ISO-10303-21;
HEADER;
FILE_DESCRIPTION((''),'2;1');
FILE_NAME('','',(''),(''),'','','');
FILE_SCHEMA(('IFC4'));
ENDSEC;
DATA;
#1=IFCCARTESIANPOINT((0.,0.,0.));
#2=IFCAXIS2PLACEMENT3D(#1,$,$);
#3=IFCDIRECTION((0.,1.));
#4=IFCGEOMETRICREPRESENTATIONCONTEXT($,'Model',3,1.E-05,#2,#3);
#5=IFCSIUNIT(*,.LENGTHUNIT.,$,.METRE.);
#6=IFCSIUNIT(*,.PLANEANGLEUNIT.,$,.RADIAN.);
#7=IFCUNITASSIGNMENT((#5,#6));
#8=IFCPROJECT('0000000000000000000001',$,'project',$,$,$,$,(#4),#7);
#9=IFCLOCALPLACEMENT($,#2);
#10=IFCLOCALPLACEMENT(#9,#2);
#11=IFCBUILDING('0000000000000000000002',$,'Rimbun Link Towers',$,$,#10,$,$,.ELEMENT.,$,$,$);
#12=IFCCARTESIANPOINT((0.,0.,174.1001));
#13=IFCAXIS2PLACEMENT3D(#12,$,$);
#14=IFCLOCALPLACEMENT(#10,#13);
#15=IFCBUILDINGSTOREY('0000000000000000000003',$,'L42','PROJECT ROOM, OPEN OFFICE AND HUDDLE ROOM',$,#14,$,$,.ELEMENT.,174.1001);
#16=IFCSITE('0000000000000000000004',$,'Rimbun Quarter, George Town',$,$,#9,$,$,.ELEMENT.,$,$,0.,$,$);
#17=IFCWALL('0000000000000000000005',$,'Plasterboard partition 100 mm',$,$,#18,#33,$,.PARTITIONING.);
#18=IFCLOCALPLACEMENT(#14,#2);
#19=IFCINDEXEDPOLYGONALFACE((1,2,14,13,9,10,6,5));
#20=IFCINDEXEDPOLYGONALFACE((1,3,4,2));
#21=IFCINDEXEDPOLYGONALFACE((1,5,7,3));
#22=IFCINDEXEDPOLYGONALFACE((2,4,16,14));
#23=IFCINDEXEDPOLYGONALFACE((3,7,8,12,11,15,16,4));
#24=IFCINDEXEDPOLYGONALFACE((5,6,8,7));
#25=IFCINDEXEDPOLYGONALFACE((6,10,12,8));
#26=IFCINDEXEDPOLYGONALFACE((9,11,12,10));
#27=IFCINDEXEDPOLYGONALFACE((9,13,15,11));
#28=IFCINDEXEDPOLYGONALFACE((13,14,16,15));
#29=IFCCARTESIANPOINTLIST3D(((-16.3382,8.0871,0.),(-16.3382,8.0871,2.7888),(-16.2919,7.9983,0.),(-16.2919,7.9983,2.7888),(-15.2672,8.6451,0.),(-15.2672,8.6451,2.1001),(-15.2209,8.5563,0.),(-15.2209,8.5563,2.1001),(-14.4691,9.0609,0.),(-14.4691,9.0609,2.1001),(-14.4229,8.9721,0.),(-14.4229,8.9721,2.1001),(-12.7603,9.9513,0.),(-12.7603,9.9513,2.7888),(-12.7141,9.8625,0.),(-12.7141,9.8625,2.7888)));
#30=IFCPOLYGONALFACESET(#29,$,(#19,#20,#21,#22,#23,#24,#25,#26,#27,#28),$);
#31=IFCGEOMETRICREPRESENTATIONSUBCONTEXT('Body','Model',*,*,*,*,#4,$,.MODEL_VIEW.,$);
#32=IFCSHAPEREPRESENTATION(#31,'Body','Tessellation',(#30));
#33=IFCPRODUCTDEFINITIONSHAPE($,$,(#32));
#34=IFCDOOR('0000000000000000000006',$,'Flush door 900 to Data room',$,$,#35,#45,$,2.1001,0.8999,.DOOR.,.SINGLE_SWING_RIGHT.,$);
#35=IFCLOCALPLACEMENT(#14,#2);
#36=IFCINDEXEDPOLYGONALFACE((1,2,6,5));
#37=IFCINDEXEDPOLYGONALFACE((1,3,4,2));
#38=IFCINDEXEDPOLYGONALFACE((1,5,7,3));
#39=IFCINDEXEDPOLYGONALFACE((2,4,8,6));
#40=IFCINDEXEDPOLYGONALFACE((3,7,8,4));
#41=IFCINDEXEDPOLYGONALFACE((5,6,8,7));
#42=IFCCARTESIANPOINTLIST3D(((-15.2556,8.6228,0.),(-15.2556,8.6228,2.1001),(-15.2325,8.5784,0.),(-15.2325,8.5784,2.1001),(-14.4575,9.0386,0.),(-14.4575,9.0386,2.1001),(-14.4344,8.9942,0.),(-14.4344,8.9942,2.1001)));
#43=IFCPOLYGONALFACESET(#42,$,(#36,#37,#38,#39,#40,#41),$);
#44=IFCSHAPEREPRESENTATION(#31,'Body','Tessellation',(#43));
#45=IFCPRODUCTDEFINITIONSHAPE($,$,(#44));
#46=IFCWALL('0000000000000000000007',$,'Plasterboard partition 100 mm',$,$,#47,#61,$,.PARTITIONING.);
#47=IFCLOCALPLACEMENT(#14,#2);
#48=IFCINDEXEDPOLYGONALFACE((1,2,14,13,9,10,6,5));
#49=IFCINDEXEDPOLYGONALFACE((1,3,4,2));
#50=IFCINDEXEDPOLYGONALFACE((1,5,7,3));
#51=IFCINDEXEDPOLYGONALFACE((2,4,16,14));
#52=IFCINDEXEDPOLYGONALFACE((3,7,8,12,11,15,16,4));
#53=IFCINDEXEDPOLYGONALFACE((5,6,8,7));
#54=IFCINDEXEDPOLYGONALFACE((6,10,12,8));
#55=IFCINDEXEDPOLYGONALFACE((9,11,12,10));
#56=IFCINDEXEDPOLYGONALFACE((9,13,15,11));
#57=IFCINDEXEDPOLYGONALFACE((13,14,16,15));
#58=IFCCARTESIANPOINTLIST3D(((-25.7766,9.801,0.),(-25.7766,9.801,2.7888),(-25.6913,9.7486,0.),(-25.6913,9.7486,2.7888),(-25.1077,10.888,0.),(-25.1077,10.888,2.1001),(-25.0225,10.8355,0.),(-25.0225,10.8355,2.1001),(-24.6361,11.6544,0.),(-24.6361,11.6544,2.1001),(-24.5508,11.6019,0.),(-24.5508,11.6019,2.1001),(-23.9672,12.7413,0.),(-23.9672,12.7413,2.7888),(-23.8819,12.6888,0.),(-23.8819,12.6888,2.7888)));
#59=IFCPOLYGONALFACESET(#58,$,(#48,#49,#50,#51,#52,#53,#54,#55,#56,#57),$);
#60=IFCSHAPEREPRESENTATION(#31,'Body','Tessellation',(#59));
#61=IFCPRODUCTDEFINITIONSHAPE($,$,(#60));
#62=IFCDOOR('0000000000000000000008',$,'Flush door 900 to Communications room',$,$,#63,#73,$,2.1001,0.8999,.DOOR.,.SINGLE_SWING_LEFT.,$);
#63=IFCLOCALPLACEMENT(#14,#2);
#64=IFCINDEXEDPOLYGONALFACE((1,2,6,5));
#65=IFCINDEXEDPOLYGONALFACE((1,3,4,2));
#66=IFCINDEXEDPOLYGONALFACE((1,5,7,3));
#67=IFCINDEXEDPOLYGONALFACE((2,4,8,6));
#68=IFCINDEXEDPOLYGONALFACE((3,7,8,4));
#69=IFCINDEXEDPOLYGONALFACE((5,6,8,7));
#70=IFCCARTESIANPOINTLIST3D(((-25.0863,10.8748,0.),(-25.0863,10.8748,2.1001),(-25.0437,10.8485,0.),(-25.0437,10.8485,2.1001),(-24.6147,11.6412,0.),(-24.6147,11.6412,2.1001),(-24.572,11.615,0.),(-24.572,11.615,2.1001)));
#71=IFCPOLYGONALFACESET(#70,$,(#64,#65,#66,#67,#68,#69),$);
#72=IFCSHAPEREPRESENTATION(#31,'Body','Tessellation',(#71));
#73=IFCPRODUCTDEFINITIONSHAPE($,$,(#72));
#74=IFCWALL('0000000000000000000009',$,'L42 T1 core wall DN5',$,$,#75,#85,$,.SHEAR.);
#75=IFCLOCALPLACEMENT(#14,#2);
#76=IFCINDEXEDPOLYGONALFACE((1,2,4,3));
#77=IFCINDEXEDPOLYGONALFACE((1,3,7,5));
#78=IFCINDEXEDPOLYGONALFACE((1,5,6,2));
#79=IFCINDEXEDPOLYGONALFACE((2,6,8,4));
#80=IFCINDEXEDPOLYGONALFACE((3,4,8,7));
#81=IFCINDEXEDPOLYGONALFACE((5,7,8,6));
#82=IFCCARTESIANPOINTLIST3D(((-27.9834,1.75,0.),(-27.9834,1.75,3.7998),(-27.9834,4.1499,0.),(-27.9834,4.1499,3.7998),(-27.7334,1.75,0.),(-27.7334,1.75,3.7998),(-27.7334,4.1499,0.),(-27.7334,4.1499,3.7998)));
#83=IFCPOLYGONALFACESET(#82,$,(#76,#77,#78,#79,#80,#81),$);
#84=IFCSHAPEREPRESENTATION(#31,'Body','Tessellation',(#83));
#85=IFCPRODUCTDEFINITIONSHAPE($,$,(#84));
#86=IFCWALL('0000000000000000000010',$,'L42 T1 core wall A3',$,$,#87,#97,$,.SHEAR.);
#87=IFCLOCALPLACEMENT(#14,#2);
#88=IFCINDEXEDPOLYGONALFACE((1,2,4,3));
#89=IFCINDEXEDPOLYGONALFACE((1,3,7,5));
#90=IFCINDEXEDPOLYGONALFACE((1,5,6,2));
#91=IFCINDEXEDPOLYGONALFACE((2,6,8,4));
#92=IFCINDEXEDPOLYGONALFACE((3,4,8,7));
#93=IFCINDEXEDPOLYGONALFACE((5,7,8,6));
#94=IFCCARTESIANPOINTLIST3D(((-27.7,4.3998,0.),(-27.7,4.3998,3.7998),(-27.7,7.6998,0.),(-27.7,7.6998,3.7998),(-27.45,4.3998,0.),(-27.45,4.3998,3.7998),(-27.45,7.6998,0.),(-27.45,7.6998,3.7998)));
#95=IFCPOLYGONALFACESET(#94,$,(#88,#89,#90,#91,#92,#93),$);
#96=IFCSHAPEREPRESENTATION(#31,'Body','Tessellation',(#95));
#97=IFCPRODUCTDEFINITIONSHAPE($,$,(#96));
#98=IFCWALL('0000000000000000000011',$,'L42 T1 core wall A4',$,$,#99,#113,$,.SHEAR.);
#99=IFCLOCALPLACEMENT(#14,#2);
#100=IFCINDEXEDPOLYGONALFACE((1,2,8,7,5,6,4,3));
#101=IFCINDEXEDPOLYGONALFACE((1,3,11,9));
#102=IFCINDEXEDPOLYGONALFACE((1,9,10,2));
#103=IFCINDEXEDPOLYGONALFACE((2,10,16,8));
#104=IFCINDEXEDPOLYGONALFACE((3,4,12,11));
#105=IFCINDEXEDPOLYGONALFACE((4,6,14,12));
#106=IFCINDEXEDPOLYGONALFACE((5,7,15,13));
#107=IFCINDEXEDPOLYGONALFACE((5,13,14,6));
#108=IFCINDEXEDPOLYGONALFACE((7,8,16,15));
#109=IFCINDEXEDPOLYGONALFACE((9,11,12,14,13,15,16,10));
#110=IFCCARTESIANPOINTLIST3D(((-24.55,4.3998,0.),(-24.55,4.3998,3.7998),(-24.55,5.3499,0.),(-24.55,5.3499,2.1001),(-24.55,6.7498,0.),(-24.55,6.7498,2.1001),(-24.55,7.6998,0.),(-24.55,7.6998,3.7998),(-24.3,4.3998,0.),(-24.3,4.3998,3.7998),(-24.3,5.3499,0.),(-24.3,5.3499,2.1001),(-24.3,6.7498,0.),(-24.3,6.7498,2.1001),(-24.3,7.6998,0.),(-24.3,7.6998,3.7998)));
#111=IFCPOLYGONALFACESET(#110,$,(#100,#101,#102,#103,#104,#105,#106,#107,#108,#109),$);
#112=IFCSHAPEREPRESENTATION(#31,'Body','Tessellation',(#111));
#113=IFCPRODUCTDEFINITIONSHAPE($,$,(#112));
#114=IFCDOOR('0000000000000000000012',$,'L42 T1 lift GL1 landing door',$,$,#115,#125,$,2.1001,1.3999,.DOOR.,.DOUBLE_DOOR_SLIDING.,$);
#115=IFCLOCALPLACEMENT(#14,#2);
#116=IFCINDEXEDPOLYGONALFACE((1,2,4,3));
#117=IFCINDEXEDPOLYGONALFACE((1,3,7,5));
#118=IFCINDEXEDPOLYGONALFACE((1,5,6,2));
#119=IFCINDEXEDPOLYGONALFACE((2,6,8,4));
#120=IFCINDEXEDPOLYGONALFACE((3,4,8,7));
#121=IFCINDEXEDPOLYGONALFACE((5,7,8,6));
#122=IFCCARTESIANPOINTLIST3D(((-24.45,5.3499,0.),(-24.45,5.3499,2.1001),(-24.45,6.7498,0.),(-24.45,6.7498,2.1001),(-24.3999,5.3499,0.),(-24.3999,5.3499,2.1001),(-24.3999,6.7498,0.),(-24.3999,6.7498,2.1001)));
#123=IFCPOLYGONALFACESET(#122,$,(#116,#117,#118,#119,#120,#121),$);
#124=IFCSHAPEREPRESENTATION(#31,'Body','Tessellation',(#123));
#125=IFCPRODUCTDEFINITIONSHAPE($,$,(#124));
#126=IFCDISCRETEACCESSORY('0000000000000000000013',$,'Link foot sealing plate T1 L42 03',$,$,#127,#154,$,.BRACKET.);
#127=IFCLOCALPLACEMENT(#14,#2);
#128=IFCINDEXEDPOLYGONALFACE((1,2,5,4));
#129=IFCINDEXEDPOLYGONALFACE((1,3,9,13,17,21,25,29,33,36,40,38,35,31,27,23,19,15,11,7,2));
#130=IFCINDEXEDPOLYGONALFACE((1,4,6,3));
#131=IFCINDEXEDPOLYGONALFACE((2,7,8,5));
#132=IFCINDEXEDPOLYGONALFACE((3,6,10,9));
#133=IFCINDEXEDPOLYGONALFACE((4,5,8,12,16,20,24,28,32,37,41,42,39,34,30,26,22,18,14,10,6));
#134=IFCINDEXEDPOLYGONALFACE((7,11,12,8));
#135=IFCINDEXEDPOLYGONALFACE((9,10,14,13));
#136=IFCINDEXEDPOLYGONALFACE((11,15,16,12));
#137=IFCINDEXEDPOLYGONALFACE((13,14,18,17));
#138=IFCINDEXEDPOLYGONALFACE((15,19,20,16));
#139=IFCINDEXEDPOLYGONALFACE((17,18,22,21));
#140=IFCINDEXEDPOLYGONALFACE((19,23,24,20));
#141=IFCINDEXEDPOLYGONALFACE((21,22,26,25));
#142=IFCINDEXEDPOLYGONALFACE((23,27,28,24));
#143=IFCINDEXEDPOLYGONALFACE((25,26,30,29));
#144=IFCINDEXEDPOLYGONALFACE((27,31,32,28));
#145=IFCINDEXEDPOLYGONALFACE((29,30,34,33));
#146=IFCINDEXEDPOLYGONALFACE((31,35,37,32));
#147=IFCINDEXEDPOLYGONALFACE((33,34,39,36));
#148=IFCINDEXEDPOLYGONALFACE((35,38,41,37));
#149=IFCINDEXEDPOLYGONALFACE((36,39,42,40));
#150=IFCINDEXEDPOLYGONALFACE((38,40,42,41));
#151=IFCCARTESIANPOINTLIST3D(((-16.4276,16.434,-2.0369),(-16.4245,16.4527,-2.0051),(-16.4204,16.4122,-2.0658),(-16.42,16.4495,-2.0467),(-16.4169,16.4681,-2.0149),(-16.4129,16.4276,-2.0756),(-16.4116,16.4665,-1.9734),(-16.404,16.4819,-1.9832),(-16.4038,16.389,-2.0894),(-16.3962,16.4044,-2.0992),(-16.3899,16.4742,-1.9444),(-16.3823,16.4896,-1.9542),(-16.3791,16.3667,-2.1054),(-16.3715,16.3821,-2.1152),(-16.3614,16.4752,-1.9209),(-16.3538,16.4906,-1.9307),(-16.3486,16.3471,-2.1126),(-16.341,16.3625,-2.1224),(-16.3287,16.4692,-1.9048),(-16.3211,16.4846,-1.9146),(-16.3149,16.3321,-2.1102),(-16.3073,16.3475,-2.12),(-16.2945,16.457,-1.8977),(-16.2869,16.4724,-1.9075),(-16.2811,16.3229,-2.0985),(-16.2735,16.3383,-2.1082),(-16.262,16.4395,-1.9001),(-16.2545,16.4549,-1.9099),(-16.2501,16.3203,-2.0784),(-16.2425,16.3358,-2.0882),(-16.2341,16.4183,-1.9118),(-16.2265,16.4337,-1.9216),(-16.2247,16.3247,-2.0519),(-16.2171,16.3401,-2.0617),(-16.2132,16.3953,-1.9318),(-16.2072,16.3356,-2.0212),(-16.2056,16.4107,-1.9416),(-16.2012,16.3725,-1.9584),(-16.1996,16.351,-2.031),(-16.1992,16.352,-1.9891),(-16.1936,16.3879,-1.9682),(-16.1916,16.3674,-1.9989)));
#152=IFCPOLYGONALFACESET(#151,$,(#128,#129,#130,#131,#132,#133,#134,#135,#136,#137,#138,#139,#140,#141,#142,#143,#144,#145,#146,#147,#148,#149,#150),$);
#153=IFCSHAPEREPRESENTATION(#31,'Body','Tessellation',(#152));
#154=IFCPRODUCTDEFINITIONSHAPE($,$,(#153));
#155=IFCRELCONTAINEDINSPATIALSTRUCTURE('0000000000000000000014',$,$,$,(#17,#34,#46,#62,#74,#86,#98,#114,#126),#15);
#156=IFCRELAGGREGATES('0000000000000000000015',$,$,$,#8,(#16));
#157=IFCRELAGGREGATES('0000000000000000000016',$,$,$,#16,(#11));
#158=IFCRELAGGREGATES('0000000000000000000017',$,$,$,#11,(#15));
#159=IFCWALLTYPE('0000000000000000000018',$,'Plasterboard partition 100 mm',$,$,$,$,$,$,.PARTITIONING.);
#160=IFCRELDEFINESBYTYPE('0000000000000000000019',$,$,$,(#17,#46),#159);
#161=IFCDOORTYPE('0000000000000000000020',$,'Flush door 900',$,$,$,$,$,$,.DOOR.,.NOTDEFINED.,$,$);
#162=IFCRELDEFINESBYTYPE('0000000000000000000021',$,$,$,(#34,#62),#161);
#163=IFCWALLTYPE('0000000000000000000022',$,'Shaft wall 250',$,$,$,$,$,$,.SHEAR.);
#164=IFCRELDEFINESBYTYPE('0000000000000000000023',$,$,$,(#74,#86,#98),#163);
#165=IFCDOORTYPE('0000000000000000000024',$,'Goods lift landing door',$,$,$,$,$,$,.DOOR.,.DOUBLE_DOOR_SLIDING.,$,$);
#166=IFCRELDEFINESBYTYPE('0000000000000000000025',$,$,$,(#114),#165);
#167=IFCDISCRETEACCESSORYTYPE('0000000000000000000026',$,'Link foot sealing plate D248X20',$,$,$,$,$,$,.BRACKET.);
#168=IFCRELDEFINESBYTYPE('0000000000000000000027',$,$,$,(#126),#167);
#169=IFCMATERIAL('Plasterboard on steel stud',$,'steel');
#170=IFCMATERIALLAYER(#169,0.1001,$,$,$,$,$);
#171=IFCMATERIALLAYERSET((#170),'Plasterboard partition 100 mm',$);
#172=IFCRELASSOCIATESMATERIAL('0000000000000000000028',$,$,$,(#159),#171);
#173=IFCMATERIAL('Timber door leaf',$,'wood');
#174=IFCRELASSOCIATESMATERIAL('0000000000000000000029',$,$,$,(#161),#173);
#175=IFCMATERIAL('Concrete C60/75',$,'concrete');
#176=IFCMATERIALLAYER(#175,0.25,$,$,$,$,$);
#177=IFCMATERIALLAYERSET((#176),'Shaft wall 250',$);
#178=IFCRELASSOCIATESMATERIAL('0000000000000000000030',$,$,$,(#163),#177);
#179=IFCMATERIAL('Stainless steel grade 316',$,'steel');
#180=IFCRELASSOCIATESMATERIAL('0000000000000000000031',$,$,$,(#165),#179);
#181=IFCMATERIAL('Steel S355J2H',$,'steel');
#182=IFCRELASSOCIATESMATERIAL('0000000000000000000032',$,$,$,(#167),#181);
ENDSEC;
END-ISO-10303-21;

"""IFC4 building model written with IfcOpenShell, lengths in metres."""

from ifc_helpers import new_model, si_unit, direction, frame, frame_2d, origin, origin_2d, place, context, subcontext, project, spatial, rectangle, circle, extrude, material, layer, layer_set, material_profile, profile_set, type_object, element, fill, save


model = new_model("IFC4")

# Units and contexts
model_context = context("Model", 3, precision=1e-05, world=origin(), true_north=direction((0.0, 1.0)))
body_context = subcontext(model_context, "Body", "Model", "MODEL_VIEW")
ifc_project = project(units=[si_unit("LENGTHUNIT", "METRE"), si_unit("PLANEANGLEUNIT", "RADIAN")], contexts=[model_context])

# Site, building, storey
site_placement = place(None, origin())
site = spatial("IfcSite", under=ifc_project, at=site_placement, Name="Rimbun Quarter, George Town", CompositionType="ELEMENT", RefElevation=0.0)
building_placement = place(site_placement, origin())
building = spatial("IfcBuilding", under=site, at=building_placement, Name="Rimbun Link Towers", CompositionType="ELEMENT")
storey_placement = place(building_placement, frame((0.0, 0.0, 174.1001)))
storey = spatial("IfcBuildingStorey", under=building, at=storey_placement, Name="L42", Description="PROJECT ROOM, OPEN OFFICE AND HUDDLE ROOM", CompositionType="ELEMENT", Elevation=174.1001)

# Walls, openings, doors
ifc_material_1 = material(Name="Plasterboard on steel stud", Category="steel")
ifc_layer_1 = layer(ifc_material_1, 0.1001)
ifc_layer_set_1 = layer_set([ifc_layer_1], Name="Plasterboard partition 100 mm")
wall_type_1 = type_object("IfcWallType", Name="Plasterboard partition 100 mm", PredefinedType="PARTITIONING", material=ifc_layer_set_1)
wall_1_placement = place(storey_placement, frame((-16.3149, 8.0427, 0.0), z_axis=(0.0, 0.0, 1.0), x_axis=(0.886835, 0.462086, 0.0)))
wall_1 = element("IfcWall", 1, at=wall_1_placement, inside=storey, type_object=wall_type_1, Name="Plasterboard partition 100 mm", PredefinedType="PARTITIONING", context=body_context, shape_type="SweptSolid", body=[
    extrude(rectangle(XDim=4.0344, YDim=0.1001, at=frame_2d((2.0171, 0.0))), origin(), (0.0, 0.0, 1.0), 2.7888),
])
opening_1_placement = place(wall_1_placement, frame((1.2075, 0.0, 0.0)))
opening_1 = element("IfcOpeningElement", 2, at=opening_1_placement, cuts=wall_1, PredefinedType="OPENING", context=body_context, shape_type="SweptSolid", body=[
    extrude(rectangle(XDim=0.8999, YDim=2.1001, at=frame_2d((0.45, 1.05))), frame((0.0, 0.0601, 0.0), z_axis=(0.0, -1.0, 0.0), x_axis=(1.0, 0.0, 0.0)), (0.0, 0.0, 1.0), 0.1201),
])
ifc_material_2 = material(Name="Timber door leaf", Category="wood")
door_type_1 = type_object("IfcDoorType", Name="Flush door 900", OperationType="NOTDEFINED", PredefinedType="DOOR", material=ifc_material_2)
door_1_placement = place(opening_1_placement, origin())
door_1 = element("IfcDoor", 3, at=door_1_placement, inside=storey, type_object=door_type_1, Name="Flush door 900 to Data room", OperationType="SINGLE_SWING_RIGHT", OverallHeight=2.1001, OverallWidth=0.8999, PredefinedType="DOOR", context=body_context, shape_type="SweptSolid", body=[
    extrude(rectangle(XDim=0.8999, YDim=2.1001, at=frame_2d((0.45, 1.05))), frame((0.0, 0.0249, 0.0), z_axis=(0.0, -1.0, 0.0), x_axis=(1.0, 0.0, 0.0)), (0.0, 0.0, 1.0), 0.05),
])
fill(opening_1, door_1)
wall_2_placement = place(storey_placement, frame((-25.7339, 9.7749, 0.0), z_axis=(0.0, 0.0, 1.0), x_axis=(0.524093, 0.851661, 0.0)))
wall_2 = element("IfcWall", 4, at=wall_2_placement, inside=storey, type_object=wall_type_1, Name="Plasterboard partition 100 mm", PredefinedType="PARTITIONING", context=body_context, shape_type="SweptSolid", body=[
    extrude(rectangle(XDim=3.4524, YDim=0.1001, at=frame_2d((1.7261, 0.0))), origin(), (0.0, 0.0, 1.0), 2.7888),
])
opening_2_placement = place(wall_2_placement, frame((1.2761, 0.0, 0.0)))
opening_2 = element("IfcOpeningElement", 5, at=opening_2_placement, cuts=wall_2, PredefinedType="OPENING", context=body_context, shape_type="SweptSolid", body=[
    extrude(rectangle(XDim=0.8999, YDim=2.1001, at=frame_2d((0.45, 1.05))), frame((0.0, 0.0601, 0.0), z_axis=(0.0, -1.0, 0.0), x_axis=(1.0, 0.0, 0.0)), (0.0, 0.0, 1.0), 0.1201),
])
door_2_placement = place(opening_2_placement, origin())
door_2 = element("IfcDoor", 6, at=door_2_placement, inside=storey, type_object=door_type_1, Name="Flush door 900 to Communications room", OperationType="SINGLE_SWING_LEFT", OverallHeight=2.1001, OverallWidth=0.8999, PredefinedType="DOOR", context=body_context, shape_type="SweptSolid", body=[
    extrude(rectangle(XDim=0.8999, YDim=2.1001, at=frame_2d((0.45, 1.05))), frame((0.0, 0.0249, 0.0), z_axis=(0.0, -1.0, 0.0), x_axis=(1.0, 0.0, 0.0)), (0.0, 0.0, 1.0), 0.05),
])
fill(opening_2, door_2)

# Walls
ifc_material_3 = material(Name="Concrete C60/75", Category="concrete")
ifc_layer_2 = layer(ifc_material_3, 0.25)
ifc_layer_set_2 = layer_set([ifc_layer_2], Name="Shaft wall 250")
wall_type_2 = type_object("IfcWallType", Name="Shaft wall 250", PredefinedType="SHEAR", material=ifc_layer_set_2)
wall_3_placement = place(storey_placement, frame((-27.8584, 1.75, 0.0), z_axis=(0.0, 0.0, 1.0), x_axis=(0.0, 1.0, 0.0)))
element("IfcWall", 7, at=wall_3_placement, inside=storey, type_object=wall_type_2, Name="L42 T1 core wall DN5", PredefinedType="SHEAR", context=body_context, shape_type="SweptSolid", body=[
    extrude(rectangle(XDim=2.3999, YDim=0.25, at=frame_2d((1.2, 0.0))), origin(), (0.0, 0.0, 1.0), 3.7998),
])
wall_4_placement = place(storey_placement, frame((-27.575, 4.3999, 0.0), z_axis=(0.0, 0.0, 1.0), x_axis=(0.0, 1.0, 0.0)))
element("IfcWall", 8, at=wall_4_placement, inside=storey, type_object=wall_type_2, Name="L42 T1 core wall A3", PredefinedType="SHEAR", context=body_context, shape_type="SweptSolid", body=[
    extrude(rectangle(XDim=3.3, YDim=0.25, at=frame_2d((1.6499, 0.0))), origin(), (0.0, 0.0, 1.0), 3.7998),
])

# Wall, opening, door
wall_5_placement = place(storey_placement, frame((-24.425, 4.3999, 0.0), z_axis=(0.0, 0.0, 1.0), x_axis=(0.0, 1.0, 0.0)))
wall_5 = element("IfcWall", 9, at=wall_5_placement, inside=storey, type_object=wall_type_2, Name="L42 T1 core wall A4", PredefinedType="SHEAR", context=body_context, shape_type="SweptSolid", body=[
    extrude(rectangle(XDim=3.3, YDim=0.25, at=frame_2d((1.6499, 0.0))), origin(), (0.0, 0.0, 1.0), 3.7998),
])
opening_3_placement = place(wall_5_placement, frame((0.95, 0.0, 0.0)))
opening_3 = element("IfcOpeningElement", 10, at=opening_3_placement, cuts=wall_5, PredefinedType="OPENING", context=body_context, shape_type="SweptSolid", body=[
    extrude(rectangle(XDim=1.3999, YDim=2.1001, at=frame_2d((0.7, 1.05))), frame((0.0, 0.135, 0.0), z_axis=(0.0, -1.0, 0.0), x_axis=(1.0, 0.0, 0.0)), (0.0, 0.0, 1.0), 0.27),
])
ifc_material_4 = material(Name="Stainless steel grade 316", Category="steel")
door_type_2 = type_object("IfcDoorType", Name="Goods lift landing door", OperationType="DOUBLE_DOOR_SLIDING", PredefinedType="DOOR", material=ifc_material_4)
door_3_placement = place(opening_3_placement, origin())
door_3 = element("IfcDoor", 11, at=door_3_placement, inside=storey, type_object=door_type_2, Name="L42 T1 lift GL1 landing door", OperationType="DOUBLE_DOOR_SLIDING", OverallHeight=2.1001, OverallWidth=1.3999, PredefinedType="DOOR", context=body_context, shape_type="SweptSolid", body=[
    extrude(rectangle(XDim=1.3999, YDim=2.1001, at=frame_2d((0.7, 1.05))), frame((0.0, 0.0249, 0.0), z_axis=(0.0, -1.0, 0.0), x_axis=(1.0, 0.0, 0.0)), (0.0, 0.0, 1.0), 0.05),
])
fill(opening_3, door_3)

# Discrete accessory
ifc_material_5 = material(Name="Steel S355J2H", Category="steel")
ifc_material_profile_1 = material_profile(ifc_material_5, circle(Radius=0.124, at=origin_2d()), Name="PL D248")
ifc_profile_set_1 = profile_set([ifc_material_profile_1], Name="Steel S355J2H")
discrete_accessory_type = type_object("IfcDiscreteAccessoryType", Name="Link foot sealing plate D248X20", PredefinedType="BRACKET", material=ifc_profile_set_1)
discrete_accessory_1_placement = place(storey_placement, frame((-16.3132, 16.3979, -2.0051), z_axis=(0.383623, 0.779622, -0.494998), x_axis=(-0.897257, 0.441508, 0.0)))
element("IfcDiscreteAccessory", 12, at=discrete_accessory_1_placement, inside=storey, type_object=discrete_accessory_type, Name="Link foot sealing plate T1 L42 03", PredefinedType="BRACKET", context=body_context, shape_type="SweptSolid", body=[
    extrude(circle(Radius=0.124, at=origin_2d()), origin(), (0.0, 0.0, 1.0), 0.0198),
])

save(model, "model.ifc")
